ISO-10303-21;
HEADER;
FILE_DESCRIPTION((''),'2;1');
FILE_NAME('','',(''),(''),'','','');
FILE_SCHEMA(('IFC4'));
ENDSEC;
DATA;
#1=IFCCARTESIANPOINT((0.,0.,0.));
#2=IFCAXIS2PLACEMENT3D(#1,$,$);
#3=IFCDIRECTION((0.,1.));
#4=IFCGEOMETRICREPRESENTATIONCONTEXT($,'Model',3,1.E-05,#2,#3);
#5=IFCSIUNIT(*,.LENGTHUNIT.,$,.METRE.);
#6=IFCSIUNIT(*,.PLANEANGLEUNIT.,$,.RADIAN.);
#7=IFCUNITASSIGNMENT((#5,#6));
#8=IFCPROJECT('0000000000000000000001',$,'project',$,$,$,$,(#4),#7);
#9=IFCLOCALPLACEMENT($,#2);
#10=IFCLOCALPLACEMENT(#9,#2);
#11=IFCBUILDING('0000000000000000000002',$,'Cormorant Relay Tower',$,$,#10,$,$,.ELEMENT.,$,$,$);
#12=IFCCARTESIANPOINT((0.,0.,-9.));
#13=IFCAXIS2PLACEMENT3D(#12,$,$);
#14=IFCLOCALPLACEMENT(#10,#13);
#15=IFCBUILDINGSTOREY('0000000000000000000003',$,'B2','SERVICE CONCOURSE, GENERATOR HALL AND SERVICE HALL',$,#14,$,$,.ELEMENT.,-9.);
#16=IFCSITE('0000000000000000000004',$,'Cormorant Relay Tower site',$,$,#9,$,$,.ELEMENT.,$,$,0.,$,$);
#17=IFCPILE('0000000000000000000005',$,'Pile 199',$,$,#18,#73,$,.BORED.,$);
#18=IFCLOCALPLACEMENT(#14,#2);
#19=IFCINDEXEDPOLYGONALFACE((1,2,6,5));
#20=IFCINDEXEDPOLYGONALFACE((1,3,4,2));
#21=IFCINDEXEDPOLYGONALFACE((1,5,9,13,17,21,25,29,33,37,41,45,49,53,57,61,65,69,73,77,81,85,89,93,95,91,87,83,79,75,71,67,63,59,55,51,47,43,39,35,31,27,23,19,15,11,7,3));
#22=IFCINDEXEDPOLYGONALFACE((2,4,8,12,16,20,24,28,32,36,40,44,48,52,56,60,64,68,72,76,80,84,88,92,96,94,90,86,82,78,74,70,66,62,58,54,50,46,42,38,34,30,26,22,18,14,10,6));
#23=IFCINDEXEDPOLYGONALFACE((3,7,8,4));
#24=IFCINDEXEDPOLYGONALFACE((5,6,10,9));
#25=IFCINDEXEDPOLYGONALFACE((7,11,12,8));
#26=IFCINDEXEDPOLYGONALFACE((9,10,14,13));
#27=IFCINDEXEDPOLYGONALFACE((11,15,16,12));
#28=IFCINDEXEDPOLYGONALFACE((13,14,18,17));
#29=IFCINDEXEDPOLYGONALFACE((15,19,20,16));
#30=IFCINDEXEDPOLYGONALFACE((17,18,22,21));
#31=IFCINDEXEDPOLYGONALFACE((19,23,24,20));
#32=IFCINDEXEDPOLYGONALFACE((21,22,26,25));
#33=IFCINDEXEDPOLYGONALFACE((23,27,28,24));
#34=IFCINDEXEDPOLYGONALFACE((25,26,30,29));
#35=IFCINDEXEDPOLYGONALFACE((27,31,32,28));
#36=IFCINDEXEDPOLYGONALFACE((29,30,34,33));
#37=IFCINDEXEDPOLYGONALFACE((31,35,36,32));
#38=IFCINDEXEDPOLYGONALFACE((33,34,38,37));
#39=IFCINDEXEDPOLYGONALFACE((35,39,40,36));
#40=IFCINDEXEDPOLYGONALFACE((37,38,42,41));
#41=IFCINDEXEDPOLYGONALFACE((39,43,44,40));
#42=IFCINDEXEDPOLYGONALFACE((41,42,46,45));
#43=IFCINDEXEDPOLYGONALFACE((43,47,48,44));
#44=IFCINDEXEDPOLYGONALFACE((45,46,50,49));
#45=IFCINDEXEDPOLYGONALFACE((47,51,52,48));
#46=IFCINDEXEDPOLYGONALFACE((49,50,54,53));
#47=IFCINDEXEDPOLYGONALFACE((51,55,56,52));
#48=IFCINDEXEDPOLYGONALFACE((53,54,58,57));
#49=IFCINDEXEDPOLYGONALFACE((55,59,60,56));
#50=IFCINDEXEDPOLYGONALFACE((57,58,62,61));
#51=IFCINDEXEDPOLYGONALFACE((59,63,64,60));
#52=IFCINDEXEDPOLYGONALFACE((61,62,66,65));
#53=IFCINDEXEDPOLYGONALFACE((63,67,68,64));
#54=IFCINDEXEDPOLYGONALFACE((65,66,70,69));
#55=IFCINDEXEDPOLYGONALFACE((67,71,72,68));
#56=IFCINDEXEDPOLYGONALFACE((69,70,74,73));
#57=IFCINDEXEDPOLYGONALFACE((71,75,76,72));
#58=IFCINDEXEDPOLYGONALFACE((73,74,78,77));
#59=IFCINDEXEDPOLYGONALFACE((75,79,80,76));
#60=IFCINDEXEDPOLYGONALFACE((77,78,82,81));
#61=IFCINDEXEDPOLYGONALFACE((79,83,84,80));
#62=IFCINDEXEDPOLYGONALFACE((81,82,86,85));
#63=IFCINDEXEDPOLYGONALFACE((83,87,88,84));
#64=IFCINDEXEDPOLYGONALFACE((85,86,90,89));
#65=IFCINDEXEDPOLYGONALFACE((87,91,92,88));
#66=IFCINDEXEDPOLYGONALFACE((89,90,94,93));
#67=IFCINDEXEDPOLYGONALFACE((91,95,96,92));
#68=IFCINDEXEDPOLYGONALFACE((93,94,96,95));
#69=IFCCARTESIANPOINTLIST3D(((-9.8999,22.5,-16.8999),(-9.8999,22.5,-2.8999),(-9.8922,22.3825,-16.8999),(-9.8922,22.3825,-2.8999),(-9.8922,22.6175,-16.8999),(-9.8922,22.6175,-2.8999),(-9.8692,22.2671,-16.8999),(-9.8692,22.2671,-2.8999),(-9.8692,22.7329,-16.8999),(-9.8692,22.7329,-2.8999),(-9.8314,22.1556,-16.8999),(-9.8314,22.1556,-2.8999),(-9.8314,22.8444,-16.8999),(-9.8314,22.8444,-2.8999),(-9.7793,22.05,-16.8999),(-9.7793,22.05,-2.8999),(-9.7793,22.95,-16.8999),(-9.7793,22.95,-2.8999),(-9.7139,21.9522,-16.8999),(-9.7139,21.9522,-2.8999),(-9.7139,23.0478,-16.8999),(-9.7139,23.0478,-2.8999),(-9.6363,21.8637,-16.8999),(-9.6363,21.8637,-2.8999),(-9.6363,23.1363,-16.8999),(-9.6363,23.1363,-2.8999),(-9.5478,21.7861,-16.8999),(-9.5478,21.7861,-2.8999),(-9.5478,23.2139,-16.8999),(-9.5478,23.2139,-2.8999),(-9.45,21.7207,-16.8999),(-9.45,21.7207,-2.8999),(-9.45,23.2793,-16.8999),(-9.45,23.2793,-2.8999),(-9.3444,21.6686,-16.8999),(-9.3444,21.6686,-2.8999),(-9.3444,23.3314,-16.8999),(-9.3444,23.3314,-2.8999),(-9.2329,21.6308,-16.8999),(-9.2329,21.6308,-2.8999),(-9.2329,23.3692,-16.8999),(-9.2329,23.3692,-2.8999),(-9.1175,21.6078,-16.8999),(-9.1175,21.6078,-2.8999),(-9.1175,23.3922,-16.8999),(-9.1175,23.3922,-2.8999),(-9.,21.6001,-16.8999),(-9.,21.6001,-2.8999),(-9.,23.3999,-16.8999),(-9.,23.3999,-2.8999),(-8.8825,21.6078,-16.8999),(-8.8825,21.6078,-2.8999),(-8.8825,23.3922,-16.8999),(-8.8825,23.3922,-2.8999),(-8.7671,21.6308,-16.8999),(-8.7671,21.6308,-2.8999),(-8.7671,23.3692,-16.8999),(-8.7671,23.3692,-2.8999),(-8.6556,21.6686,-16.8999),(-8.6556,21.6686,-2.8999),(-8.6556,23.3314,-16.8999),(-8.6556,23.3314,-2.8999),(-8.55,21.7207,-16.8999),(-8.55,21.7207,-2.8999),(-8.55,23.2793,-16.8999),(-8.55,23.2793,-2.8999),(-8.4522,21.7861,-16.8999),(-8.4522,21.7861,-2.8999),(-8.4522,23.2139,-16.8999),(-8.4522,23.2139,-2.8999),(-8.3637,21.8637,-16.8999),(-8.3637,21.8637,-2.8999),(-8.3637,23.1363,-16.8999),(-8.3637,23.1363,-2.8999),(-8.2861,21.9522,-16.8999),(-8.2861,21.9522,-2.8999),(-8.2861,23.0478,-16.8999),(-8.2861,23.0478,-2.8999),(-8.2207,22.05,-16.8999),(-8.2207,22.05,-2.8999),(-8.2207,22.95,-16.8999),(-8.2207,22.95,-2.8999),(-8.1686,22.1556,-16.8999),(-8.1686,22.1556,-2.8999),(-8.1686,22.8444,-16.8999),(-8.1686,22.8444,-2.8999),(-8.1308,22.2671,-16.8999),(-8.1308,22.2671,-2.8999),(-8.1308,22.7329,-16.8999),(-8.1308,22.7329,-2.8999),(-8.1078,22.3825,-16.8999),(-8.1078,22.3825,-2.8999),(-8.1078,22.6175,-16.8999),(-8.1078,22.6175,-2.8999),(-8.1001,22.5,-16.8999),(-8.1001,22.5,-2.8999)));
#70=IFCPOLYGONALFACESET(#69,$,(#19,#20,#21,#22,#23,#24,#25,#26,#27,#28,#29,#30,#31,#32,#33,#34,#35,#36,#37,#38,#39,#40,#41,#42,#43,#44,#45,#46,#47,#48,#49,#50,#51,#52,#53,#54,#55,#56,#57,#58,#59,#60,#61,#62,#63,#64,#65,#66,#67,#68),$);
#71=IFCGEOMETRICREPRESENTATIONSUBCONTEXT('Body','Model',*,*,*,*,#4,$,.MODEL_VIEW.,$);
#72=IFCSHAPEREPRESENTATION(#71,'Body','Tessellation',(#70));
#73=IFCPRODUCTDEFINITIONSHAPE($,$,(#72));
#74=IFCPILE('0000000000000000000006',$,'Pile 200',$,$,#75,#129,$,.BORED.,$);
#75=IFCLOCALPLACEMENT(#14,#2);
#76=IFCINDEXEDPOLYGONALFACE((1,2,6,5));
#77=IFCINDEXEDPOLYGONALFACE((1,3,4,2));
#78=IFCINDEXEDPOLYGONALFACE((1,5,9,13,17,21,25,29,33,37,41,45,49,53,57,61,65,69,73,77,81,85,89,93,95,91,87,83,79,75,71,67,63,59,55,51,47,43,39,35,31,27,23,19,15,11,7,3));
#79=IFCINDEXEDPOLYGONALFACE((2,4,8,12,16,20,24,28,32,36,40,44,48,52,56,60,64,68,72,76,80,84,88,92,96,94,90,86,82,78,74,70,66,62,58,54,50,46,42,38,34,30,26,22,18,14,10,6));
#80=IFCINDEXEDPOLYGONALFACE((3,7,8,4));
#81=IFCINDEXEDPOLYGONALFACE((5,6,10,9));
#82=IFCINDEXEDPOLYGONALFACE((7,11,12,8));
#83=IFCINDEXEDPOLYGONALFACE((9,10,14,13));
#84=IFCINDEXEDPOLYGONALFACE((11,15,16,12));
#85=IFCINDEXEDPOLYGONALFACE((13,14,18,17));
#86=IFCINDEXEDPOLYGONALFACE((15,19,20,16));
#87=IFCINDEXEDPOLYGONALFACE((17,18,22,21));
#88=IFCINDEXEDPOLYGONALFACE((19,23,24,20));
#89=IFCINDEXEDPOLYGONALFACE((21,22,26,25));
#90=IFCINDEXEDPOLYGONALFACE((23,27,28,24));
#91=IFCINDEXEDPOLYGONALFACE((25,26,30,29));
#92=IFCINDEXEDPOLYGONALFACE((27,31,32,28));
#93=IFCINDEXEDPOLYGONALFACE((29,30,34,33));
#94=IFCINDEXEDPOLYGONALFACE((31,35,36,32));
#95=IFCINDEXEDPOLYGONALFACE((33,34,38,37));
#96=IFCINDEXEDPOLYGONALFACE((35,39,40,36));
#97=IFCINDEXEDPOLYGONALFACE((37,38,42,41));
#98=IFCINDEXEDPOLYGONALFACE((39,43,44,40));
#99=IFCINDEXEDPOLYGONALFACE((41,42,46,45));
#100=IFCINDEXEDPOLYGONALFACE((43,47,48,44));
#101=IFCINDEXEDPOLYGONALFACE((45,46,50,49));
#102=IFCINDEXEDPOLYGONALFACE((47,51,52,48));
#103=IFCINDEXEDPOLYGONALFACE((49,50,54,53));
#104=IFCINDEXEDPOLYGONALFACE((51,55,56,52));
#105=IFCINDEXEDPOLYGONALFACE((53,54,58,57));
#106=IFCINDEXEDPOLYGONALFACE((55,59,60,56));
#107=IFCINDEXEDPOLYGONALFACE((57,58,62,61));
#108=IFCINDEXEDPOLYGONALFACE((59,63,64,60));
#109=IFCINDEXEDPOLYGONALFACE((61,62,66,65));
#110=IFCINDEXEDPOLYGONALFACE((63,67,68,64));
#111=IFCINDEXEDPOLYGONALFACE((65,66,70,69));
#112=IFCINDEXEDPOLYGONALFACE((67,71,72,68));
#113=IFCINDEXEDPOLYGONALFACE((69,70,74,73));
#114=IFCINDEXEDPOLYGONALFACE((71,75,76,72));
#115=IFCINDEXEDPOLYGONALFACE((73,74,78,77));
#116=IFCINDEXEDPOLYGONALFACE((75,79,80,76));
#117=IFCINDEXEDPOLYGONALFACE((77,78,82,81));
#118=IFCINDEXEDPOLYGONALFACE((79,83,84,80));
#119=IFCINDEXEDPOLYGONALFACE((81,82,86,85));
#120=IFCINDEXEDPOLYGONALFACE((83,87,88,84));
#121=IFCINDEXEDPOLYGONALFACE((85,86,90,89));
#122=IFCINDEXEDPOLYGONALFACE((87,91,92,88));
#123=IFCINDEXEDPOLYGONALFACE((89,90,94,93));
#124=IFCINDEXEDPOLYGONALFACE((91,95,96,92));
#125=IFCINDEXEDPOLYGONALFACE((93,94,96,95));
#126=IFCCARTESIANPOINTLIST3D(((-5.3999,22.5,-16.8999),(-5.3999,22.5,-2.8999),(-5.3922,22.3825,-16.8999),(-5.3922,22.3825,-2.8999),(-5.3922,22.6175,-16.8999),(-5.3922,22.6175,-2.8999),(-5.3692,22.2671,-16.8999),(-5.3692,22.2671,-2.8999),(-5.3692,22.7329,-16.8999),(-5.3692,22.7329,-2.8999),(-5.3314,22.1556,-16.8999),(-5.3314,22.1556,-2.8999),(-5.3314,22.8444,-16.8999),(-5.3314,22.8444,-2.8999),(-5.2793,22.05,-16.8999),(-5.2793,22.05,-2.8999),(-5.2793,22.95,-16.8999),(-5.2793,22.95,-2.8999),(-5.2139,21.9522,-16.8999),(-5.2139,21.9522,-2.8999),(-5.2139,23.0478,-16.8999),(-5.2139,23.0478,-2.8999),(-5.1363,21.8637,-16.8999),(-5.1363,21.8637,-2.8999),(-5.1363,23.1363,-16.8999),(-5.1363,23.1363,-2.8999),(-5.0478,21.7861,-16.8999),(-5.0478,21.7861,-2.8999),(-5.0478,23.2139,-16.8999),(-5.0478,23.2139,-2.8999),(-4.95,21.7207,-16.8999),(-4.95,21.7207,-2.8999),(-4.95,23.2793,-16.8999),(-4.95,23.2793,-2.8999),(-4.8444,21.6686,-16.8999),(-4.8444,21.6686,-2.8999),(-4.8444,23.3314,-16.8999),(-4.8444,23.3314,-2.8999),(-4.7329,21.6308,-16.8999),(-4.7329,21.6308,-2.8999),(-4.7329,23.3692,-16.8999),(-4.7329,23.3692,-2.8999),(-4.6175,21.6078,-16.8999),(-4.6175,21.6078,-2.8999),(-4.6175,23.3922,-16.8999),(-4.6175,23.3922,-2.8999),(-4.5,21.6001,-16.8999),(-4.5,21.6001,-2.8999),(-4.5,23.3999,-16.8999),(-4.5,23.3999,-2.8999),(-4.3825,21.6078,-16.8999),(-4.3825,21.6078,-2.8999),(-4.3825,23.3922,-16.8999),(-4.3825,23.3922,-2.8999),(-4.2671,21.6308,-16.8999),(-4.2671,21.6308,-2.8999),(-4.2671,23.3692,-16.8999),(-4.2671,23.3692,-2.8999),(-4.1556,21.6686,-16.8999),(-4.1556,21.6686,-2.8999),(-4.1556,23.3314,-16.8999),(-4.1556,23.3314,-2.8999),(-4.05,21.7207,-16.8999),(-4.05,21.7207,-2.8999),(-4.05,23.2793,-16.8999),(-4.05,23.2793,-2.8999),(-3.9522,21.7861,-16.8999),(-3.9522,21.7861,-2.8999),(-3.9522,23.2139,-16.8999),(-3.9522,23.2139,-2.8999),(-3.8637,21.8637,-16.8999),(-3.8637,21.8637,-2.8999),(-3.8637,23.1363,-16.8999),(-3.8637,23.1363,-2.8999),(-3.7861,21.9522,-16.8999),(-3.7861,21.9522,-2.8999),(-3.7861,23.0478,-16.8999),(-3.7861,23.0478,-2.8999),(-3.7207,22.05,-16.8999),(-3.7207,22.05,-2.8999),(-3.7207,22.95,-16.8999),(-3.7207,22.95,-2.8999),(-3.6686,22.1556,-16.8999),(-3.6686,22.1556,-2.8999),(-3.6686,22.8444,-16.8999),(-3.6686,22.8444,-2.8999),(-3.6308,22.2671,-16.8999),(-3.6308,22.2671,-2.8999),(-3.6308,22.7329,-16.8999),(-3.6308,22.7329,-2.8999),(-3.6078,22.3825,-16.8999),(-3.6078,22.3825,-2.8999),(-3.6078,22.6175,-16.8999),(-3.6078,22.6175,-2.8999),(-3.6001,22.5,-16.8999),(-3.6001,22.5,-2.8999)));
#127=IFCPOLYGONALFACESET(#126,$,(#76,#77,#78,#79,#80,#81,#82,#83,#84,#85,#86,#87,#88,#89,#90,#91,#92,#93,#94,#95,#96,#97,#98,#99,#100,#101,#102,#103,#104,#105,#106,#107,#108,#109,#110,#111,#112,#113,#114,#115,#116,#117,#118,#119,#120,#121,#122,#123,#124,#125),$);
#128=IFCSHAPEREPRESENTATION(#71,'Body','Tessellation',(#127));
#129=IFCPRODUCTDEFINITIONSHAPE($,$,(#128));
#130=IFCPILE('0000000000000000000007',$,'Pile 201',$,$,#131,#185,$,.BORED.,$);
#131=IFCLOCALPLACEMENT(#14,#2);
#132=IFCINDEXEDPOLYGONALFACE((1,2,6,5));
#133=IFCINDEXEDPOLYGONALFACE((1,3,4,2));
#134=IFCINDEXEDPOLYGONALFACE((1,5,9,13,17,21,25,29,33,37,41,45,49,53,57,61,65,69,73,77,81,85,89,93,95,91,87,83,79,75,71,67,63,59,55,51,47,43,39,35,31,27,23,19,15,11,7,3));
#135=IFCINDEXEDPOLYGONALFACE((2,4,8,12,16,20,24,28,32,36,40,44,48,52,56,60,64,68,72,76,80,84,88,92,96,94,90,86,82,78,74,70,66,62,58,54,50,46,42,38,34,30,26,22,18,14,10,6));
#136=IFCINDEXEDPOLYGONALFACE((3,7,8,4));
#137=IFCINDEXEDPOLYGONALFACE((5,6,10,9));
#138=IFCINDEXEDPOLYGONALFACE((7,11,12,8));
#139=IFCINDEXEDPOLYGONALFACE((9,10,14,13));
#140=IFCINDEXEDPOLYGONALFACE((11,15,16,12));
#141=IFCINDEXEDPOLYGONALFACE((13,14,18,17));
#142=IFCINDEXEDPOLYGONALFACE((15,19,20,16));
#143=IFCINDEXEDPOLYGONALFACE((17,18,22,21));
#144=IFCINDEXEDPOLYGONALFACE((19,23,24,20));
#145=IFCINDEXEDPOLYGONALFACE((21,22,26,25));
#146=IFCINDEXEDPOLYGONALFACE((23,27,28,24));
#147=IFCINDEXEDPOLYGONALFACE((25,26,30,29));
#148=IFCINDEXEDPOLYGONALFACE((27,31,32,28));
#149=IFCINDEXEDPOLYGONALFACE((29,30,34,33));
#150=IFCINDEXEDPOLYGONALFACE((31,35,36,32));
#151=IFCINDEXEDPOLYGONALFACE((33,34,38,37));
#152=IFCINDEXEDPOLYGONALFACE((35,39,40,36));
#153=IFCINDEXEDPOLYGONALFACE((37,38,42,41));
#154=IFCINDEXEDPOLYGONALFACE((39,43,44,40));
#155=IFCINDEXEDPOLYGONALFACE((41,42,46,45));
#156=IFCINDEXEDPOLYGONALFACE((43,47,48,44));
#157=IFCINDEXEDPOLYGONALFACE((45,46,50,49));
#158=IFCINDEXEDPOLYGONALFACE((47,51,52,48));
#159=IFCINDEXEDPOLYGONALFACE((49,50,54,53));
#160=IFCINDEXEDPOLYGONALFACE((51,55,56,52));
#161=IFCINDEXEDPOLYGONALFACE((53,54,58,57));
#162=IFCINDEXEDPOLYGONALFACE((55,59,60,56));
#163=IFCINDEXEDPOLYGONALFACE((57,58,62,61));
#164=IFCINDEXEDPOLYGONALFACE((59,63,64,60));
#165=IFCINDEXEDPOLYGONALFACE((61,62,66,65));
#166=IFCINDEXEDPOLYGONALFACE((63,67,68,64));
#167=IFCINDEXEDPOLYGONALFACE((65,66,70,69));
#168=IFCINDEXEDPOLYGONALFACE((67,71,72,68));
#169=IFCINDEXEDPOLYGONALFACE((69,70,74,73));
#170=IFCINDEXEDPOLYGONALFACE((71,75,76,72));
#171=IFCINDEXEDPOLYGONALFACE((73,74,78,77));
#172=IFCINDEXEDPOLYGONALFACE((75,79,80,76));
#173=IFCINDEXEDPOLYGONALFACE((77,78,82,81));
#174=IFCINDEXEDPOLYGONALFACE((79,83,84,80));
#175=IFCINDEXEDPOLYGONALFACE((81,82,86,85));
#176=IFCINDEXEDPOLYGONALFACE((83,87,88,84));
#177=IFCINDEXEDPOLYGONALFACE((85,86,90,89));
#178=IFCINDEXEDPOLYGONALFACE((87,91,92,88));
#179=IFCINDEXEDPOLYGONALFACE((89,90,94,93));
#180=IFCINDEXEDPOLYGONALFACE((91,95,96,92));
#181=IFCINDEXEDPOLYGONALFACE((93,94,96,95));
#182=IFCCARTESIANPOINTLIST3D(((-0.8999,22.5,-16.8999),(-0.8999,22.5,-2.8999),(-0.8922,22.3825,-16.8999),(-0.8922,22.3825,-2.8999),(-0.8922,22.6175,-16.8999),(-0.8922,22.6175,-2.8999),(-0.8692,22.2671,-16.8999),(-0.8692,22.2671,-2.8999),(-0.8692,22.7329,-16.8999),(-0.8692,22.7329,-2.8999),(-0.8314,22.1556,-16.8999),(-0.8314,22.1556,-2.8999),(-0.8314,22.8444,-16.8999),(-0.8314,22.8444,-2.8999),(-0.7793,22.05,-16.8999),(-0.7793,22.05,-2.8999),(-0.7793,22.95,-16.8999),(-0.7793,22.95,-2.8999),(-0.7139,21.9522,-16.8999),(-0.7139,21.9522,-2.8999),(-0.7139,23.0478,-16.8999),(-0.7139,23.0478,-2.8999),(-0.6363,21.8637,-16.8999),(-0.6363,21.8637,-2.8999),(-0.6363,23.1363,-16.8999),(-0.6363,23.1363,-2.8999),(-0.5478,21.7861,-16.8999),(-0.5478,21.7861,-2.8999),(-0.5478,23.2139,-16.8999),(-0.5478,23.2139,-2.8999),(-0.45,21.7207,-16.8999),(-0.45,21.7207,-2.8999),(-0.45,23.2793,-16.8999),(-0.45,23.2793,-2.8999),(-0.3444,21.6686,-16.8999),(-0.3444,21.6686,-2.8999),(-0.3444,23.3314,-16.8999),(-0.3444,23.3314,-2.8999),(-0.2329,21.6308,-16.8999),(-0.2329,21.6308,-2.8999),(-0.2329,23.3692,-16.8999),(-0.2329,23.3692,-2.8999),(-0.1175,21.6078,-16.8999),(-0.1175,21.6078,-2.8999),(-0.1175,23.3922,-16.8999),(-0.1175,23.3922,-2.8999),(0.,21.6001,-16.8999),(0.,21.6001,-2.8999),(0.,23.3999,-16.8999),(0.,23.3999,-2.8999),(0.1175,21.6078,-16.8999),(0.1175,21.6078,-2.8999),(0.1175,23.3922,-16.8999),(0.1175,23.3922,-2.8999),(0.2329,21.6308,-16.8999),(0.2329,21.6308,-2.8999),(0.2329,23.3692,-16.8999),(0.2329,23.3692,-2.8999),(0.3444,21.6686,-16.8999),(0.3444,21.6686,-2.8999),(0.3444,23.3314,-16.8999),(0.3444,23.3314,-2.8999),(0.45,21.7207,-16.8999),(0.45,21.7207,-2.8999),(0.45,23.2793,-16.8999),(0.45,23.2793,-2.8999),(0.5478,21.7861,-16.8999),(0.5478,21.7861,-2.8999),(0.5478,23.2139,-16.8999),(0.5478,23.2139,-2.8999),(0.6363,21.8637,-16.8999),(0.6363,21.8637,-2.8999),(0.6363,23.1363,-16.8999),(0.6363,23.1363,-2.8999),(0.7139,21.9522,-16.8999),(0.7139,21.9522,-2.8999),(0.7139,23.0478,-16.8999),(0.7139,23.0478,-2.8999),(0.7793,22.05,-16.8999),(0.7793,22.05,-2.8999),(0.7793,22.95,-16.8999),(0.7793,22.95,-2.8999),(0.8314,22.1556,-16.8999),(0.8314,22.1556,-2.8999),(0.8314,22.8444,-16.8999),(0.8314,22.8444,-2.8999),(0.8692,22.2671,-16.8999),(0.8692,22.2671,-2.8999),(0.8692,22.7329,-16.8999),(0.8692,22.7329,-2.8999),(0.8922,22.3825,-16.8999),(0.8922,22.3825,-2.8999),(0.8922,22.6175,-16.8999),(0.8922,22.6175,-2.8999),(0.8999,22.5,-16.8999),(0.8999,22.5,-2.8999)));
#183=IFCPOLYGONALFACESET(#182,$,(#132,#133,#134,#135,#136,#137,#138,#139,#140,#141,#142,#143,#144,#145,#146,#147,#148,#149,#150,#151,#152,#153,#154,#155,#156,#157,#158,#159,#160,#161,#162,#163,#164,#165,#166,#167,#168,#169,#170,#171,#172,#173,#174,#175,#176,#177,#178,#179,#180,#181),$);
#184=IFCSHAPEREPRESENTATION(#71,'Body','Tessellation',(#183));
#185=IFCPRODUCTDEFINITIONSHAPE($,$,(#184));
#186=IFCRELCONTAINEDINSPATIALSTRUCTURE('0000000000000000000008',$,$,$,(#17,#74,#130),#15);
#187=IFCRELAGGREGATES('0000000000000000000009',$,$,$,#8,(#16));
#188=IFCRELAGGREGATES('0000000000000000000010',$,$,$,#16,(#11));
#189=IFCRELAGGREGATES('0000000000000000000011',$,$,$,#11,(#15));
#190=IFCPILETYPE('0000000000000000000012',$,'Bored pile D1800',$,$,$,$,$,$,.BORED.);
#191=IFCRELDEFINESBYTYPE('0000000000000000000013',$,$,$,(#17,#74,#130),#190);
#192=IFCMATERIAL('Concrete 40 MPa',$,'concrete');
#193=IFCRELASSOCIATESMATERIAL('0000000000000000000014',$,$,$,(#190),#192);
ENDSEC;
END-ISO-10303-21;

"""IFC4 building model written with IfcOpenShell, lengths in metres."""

from ifc_helpers import new_model, si_unit, direction, frame, origin, origin_2d, place, context, subcontext, project, spatial, circle, extrude, material, material_profile, profile_set, type_object, element, save


model = new_model("IFC4")

# Units and contexts
model_context = context("Model", 3, precision=1e-05, world=origin(), true_north=direction((0.0, 1.0)))
body_context = subcontext(model_context, "Body", "Model", "MODEL_VIEW")
ifc_project = project(units=[si_unit("LENGTHUNIT", "METRE"), si_unit("PLANEANGLEUNIT", "RADIAN")], contexts=[model_context])

# Site, building, storey
site_placement = place(None, origin())
site = spatial("IfcSite", under=ifc_project, at=site_placement, Name="Cormorant Relay Tower site", CompositionType="ELEMENT", RefElevation=0.0)
building_placement = place(site_placement, origin())
building = spatial("IfcBuilding", under=site, at=building_placement, Name="Cormorant Relay Tower", CompositionType="ELEMENT")
storey_placement = place(building_placement, frame((0.0, 0.0, -9.0)))
storey = spatial("IfcBuildingStorey", under=building, at=storey_placement, Name="B2", Description="SERVICE CONCOURSE, GENERATOR HALL AND SERVICE HALL", CompositionType="ELEMENT", Elevation=-9.0)

# Piles
ifc_material_1 = material(Name="Concrete 40 MPa", Category="concrete")
ifc_material_profile_1 = material_profile(ifc_material_1, circle(Radius=0.8999, at=origin_2d()), Name="BP1800")
ifc_profile_set_1 = profile_set([ifc_material_profile_1], Name="Concrete 40 MPa")
pile_type = type_object("IfcPileType", Name="Bored pile D1800", PredefinedType="BORED", material=ifc_profile_set_1)
for number, where, z_axis, x_axis, name in (
    (1, (-9.0, 22.5, -2.8999), (0.0, 0.0, -1.0), (1.0, 0.0, 0.0), "Pile 199"),
    (2, (-4.5, 22.5, -2.8999), (0.0, 0.0, -1.0), (1.0, 0.0, 0.0), "Pile 200"),
    (3, (0.0, 22.5, -2.8999), (0.0, 0.0, -1.0), (1.0, 0.0, 0.0), "Pile 201"),
):
    element("IfcPile", number, at=place(storey_placement, frame(where, z_axis=z_axis, x_axis=x_axis)), inside=storey, type_object=pile_type, Name=name, PredefinedType="BORED", context=body_context, shape_type="SweptSolid", body=[
        extrude(circle(Radius=0.8999, at=origin_2d()), origin(), (0.0, 0.0, 1.0), 14.0),
    ])

save(model, "model.ifc")
